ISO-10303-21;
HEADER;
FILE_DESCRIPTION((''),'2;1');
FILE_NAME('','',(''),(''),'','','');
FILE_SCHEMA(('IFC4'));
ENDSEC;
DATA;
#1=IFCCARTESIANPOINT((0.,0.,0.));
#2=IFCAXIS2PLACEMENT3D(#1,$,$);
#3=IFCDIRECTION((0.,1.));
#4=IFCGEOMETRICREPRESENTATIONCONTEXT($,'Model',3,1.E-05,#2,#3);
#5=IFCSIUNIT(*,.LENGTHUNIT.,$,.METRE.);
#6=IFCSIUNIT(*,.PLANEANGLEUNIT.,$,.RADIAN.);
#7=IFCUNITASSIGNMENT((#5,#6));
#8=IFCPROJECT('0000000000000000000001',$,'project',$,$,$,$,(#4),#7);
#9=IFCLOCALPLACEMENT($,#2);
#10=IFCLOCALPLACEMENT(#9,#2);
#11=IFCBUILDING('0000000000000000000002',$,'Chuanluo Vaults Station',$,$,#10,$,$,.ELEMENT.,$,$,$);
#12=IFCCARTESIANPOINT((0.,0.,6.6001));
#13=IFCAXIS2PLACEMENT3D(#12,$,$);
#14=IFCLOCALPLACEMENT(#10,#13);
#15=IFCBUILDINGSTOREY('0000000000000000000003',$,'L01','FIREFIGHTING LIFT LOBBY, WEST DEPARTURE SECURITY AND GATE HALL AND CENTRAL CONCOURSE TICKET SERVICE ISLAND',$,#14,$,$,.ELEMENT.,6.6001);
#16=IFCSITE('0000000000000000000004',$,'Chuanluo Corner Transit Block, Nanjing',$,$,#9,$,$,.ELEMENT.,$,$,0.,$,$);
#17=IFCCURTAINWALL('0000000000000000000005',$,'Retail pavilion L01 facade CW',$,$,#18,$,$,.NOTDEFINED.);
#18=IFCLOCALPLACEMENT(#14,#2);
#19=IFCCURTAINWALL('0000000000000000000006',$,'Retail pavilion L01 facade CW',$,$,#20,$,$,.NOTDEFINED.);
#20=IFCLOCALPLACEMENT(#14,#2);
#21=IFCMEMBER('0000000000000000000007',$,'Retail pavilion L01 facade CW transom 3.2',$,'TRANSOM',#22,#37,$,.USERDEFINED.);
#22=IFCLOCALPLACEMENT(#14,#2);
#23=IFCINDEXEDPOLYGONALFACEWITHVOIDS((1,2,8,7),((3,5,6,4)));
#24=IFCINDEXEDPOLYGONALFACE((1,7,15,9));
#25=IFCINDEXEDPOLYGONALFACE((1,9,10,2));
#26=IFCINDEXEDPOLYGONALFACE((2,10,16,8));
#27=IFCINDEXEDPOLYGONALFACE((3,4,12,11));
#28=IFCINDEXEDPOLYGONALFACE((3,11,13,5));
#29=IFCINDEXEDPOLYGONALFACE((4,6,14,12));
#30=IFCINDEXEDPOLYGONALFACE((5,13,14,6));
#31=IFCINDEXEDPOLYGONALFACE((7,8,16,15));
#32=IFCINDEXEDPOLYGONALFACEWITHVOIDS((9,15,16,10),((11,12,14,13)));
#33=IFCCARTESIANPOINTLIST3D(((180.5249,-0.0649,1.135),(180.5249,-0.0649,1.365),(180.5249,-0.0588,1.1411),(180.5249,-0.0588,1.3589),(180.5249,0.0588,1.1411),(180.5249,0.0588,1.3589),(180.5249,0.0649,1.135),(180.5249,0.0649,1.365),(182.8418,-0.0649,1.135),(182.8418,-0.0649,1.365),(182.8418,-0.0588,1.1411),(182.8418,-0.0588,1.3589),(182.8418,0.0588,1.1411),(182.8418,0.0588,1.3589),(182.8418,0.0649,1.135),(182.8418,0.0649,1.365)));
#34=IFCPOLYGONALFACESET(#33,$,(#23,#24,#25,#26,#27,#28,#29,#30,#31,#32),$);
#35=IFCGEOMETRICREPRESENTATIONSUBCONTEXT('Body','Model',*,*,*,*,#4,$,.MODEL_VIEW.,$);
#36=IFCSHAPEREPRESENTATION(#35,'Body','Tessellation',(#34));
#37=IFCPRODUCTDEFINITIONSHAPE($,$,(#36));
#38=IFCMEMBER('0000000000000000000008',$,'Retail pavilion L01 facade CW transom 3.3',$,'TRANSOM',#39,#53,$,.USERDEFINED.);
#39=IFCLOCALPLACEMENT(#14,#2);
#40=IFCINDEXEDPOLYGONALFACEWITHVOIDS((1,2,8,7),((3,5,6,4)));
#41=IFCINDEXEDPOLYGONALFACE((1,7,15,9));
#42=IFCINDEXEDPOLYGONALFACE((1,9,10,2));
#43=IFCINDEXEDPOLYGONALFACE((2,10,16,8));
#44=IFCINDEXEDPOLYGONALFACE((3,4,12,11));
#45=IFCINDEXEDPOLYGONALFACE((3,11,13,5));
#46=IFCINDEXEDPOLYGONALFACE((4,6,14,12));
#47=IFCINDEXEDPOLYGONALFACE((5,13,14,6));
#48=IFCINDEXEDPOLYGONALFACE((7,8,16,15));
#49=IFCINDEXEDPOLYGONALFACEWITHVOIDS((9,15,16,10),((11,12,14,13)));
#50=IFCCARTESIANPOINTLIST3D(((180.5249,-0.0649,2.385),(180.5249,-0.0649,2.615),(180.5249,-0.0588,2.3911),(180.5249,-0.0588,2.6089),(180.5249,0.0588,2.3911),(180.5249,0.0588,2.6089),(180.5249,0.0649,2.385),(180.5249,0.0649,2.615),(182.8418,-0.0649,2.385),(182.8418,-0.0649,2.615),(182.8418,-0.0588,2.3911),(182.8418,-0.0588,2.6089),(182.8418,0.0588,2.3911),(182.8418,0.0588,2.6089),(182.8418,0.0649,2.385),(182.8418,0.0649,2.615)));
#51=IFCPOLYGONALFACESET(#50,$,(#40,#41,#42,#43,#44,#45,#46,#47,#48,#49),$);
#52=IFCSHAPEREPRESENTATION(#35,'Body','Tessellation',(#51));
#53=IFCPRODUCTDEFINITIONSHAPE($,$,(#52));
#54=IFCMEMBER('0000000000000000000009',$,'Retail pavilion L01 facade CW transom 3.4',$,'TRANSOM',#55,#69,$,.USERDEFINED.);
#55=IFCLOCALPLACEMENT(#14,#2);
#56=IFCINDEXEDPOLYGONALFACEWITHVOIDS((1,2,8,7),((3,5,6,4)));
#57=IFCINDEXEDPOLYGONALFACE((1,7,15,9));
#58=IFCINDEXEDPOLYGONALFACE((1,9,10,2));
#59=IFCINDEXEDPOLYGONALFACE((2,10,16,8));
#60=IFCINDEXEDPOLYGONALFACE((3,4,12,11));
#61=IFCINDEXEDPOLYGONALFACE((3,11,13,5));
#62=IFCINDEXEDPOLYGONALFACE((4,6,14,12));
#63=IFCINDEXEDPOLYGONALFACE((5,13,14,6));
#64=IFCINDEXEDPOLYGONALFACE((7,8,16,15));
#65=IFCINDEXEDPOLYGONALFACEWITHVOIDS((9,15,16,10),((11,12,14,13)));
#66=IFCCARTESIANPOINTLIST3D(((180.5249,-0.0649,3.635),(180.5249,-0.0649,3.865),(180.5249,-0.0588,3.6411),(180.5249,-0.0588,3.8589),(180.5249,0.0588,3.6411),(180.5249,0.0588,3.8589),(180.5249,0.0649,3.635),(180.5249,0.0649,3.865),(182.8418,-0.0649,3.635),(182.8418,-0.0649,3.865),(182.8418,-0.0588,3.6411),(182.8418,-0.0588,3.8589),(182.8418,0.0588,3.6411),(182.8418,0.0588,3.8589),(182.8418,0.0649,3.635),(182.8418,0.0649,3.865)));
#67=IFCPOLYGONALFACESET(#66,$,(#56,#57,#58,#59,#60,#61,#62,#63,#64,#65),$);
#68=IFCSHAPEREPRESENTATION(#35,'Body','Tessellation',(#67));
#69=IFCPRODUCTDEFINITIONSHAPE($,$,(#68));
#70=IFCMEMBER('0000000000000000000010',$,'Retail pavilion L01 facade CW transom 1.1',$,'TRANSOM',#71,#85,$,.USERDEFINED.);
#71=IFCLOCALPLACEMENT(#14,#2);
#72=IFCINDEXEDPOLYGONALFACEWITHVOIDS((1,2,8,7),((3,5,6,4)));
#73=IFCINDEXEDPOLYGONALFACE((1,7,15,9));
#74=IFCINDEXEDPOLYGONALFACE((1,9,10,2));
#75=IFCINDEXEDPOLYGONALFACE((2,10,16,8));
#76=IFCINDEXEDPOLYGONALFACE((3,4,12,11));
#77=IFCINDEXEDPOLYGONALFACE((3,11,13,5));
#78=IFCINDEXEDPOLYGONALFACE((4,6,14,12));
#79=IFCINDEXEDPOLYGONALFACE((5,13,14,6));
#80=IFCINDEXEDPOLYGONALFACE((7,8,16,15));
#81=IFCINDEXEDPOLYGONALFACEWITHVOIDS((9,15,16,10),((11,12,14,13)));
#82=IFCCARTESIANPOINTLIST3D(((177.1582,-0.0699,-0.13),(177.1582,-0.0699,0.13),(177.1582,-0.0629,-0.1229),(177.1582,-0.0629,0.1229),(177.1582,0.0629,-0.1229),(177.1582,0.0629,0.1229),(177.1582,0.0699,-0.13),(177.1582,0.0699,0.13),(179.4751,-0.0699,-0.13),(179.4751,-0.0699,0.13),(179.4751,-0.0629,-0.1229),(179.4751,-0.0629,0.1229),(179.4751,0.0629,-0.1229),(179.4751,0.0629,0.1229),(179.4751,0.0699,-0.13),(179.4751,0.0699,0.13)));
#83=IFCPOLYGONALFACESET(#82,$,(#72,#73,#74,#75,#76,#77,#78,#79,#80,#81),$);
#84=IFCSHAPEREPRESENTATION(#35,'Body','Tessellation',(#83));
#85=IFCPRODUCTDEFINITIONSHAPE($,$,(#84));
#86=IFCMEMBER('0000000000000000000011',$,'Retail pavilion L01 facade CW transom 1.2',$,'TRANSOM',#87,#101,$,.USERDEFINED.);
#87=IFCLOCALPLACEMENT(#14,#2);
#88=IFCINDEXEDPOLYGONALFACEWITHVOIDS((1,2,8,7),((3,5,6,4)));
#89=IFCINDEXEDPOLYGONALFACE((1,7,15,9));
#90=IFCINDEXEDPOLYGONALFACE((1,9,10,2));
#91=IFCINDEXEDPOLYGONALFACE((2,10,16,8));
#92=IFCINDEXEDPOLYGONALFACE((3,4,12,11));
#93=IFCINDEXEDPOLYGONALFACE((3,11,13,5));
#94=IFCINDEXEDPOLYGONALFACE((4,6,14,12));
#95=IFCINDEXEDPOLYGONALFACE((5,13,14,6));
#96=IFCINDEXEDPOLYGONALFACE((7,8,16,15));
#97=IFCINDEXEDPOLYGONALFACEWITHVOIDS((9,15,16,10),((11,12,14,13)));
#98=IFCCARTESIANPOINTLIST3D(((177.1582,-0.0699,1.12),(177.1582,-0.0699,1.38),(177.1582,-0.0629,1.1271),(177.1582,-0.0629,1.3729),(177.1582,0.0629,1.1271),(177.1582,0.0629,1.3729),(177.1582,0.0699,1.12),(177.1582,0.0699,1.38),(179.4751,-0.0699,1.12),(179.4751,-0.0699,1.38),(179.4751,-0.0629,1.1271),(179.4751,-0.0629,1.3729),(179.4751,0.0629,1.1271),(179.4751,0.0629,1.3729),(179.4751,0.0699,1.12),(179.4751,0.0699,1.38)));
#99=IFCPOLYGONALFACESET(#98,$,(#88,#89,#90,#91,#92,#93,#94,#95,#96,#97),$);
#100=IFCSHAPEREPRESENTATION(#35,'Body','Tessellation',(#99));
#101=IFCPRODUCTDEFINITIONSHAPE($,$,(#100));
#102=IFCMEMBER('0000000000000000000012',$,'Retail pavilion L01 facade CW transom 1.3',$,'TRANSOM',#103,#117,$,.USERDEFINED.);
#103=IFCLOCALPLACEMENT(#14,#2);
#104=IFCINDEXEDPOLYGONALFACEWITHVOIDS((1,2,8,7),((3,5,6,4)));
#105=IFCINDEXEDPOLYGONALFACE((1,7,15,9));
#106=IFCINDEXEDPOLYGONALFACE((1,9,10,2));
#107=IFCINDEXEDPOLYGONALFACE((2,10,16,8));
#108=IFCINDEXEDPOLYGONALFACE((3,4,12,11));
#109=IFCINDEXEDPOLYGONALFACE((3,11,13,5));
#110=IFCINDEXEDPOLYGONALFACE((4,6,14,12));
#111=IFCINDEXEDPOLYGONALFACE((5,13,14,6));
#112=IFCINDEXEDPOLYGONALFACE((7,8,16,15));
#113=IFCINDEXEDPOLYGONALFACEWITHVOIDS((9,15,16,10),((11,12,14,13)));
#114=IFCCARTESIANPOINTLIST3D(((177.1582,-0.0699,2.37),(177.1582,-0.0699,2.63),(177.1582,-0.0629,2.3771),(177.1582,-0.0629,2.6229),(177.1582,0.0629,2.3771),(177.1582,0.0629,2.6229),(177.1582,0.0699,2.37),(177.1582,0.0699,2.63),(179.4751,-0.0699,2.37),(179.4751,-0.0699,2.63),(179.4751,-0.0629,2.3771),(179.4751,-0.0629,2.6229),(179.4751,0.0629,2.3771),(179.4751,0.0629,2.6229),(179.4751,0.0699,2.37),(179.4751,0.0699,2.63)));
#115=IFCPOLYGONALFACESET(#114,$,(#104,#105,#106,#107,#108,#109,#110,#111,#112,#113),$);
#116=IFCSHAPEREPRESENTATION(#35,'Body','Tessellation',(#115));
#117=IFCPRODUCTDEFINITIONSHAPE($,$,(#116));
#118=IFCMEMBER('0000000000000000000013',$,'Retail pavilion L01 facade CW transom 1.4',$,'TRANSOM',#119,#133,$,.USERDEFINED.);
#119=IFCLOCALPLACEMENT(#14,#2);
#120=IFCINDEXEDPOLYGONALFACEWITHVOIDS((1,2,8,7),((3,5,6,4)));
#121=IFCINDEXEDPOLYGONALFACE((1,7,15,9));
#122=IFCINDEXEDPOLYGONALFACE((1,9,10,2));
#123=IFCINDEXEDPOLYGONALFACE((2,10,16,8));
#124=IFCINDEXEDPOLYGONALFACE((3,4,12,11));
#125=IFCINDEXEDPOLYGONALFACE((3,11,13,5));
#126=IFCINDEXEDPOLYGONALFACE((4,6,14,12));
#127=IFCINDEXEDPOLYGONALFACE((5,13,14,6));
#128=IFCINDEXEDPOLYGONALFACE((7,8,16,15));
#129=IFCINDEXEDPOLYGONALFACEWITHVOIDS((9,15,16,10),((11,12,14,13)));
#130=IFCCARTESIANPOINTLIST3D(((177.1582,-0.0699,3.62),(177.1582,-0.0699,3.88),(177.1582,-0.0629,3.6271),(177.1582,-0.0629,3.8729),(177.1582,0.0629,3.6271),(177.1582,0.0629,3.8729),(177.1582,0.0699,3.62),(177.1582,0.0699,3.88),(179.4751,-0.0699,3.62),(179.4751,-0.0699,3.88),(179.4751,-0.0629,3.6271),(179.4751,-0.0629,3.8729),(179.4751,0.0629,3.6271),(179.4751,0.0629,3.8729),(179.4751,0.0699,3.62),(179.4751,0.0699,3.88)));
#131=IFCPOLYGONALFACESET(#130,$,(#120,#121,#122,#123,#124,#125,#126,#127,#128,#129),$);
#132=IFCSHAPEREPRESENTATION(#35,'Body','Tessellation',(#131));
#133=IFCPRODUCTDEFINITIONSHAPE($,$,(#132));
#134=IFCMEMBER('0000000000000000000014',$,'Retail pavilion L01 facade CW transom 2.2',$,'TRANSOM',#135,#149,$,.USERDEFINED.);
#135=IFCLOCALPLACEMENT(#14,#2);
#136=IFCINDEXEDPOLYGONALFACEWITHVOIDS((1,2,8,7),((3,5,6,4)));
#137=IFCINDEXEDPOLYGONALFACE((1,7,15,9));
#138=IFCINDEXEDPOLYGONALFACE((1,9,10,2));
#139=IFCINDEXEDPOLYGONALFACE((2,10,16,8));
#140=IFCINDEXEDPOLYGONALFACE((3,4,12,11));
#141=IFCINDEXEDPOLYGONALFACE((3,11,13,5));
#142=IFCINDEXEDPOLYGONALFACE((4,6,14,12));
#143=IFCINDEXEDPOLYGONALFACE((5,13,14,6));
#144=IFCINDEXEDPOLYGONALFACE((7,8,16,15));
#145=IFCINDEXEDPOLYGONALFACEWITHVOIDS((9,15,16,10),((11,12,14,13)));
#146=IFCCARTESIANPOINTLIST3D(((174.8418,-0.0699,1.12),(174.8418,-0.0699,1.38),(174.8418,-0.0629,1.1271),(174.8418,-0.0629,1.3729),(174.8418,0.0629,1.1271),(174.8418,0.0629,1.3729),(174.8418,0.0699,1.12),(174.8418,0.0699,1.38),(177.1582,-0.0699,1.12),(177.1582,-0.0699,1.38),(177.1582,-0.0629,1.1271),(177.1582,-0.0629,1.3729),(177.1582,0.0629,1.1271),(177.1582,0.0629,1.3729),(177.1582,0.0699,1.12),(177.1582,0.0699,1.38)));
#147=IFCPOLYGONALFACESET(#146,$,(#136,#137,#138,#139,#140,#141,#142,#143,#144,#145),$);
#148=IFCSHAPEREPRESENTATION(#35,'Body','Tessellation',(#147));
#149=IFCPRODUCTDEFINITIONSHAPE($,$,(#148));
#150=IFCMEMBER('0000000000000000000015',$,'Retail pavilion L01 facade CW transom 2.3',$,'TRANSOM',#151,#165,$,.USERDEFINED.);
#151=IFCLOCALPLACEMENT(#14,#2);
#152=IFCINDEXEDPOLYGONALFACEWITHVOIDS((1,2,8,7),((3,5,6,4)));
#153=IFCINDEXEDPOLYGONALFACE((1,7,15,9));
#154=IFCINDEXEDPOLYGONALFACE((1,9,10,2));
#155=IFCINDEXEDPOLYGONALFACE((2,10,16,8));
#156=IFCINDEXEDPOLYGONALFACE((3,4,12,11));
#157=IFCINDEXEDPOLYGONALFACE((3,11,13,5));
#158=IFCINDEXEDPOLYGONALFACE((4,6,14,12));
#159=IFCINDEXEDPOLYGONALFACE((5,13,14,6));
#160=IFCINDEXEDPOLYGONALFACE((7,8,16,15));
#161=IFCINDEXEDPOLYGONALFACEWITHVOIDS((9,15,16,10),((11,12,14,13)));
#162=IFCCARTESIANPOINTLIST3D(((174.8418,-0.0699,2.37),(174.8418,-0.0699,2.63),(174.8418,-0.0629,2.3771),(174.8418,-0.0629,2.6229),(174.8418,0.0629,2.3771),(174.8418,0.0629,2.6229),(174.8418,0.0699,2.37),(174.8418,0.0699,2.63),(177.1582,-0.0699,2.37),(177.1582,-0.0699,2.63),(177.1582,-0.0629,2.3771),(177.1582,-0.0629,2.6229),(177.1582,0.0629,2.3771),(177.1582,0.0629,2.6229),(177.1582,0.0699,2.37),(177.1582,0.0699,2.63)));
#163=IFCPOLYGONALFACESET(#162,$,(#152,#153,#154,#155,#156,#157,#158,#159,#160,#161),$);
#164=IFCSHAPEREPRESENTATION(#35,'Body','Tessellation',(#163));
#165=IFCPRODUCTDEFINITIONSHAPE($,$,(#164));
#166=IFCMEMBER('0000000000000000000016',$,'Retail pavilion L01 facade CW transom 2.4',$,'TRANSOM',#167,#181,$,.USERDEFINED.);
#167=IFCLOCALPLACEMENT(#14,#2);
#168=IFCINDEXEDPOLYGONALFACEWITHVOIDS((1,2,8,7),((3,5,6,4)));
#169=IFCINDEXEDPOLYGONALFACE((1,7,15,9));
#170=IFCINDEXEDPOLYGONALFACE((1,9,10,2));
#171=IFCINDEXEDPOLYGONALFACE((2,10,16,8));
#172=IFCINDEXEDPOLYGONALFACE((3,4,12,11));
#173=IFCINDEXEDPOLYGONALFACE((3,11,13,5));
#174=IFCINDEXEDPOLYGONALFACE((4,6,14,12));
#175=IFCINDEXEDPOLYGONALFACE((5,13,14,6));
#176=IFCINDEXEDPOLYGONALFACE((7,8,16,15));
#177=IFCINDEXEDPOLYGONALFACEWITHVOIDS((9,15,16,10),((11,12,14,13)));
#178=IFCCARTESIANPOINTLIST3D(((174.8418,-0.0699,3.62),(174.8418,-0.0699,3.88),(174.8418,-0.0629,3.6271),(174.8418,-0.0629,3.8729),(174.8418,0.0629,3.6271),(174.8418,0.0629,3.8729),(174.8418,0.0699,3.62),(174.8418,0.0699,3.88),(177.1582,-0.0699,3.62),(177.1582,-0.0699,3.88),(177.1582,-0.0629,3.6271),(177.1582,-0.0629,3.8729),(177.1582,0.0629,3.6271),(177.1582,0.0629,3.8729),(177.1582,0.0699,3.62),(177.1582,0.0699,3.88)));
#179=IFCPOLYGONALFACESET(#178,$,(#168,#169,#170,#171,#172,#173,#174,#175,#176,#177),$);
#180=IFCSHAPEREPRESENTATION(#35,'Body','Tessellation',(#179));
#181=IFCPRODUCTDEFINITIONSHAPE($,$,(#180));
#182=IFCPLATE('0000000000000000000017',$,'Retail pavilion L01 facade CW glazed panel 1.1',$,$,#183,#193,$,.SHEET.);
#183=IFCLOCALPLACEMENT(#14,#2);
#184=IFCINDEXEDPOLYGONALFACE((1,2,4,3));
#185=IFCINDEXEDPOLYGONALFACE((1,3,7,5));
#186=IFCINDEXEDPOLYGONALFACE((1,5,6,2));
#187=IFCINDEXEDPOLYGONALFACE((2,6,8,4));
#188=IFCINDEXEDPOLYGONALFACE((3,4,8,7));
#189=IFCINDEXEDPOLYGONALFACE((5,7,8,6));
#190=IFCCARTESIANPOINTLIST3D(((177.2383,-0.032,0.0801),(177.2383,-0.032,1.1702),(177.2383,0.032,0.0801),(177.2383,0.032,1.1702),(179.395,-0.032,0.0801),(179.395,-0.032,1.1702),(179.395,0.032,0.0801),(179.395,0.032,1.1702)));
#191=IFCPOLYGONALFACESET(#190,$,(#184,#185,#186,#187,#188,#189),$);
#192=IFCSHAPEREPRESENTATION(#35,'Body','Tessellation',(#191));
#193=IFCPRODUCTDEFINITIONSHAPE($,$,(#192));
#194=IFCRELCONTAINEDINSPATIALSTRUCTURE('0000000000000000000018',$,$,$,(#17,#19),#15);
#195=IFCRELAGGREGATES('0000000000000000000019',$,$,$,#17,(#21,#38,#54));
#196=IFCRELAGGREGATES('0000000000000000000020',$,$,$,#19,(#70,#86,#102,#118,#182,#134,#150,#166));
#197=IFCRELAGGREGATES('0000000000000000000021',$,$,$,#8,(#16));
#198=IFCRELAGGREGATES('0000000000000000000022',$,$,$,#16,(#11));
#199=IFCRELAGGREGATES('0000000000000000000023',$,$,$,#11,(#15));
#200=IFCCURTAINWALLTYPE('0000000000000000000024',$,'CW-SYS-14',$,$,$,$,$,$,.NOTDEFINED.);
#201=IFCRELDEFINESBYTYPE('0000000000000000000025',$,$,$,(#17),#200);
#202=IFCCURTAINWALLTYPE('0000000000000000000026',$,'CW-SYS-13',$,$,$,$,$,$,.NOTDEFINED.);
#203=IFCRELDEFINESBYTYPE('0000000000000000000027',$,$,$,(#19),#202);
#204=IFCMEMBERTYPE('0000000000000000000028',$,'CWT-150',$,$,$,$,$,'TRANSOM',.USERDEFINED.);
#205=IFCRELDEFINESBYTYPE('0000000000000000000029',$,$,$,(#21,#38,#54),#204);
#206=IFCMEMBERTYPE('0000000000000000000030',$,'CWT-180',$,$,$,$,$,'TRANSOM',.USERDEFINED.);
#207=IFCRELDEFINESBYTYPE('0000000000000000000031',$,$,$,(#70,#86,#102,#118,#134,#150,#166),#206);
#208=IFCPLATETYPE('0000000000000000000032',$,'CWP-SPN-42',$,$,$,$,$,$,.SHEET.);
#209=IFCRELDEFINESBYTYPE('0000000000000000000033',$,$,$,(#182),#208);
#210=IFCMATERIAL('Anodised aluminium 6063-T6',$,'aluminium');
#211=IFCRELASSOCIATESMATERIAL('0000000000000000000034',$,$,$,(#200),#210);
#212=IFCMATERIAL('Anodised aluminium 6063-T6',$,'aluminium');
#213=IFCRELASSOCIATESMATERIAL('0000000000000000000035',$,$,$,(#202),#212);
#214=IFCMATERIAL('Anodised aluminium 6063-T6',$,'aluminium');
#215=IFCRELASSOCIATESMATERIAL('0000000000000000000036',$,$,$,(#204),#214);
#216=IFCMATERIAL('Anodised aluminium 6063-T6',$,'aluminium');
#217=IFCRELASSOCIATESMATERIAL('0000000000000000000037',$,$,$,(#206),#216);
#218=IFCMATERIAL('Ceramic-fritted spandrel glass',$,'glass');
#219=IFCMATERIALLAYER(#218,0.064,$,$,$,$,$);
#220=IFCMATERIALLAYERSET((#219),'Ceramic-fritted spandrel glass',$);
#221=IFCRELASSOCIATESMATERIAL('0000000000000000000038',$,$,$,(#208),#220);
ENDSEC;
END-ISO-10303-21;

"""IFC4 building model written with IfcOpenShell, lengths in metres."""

from ifc_helpers import new_model, si_unit, direction, frame, origin, origin_2d, place, context, subcontext, project, spatial, rectangle, hollow_rectangle, extrude, material, layer, layer_set, material_profile, profile_set, type_object, element, aggregate, save


model = new_model("IFC4")

# Units and contexts
model_context = context("Model", 3, precision=1e-05, world=origin(), true_north=direction((0.0, 1.0)))
body_context = subcontext(model_context, "Body", "Model", "MODEL_VIEW")
ifc_project = project(units=[si_unit("LENGTHUNIT", "METRE"), si_unit("PLANEANGLEUNIT", "RADIAN")], contexts=[model_context])

# Site, building, storey
site_placement = place(None, origin())
site = spatial("IfcSite", under=ifc_project, at=site_placement, Name="Chuanluo Corner Transit Block, Nanjing", CompositionType="ELEMENT", RefElevation=0.0)
building_placement = place(site_placement, origin())
building = spatial("IfcBuilding", under=site, at=building_placement, Name="Chuanluo Vaults Station", CompositionType="ELEMENT")
storey_placement = place(building_placement, frame((0.0, 0.0, 6.6001)))
storey = spatial("IfcBuildingStorey", under=building, at=storey_placement, Name="L01", Description="FIREFIGHTING LIFT LOBBY, WEST DEPARTURE SECURITY AND GATE HALL AND CENTRAL CONCOURSE TICKET SERVICE ISLAND", CompositionType="ELEMENT", Elevation=6.6001)

# Curtain wall
ifc_material_1 = material(Name="Anodised aluminium 6063-T6", Category="aluminium")
curtain_wall_type_1 = type_object("IfcCurtainWallType", Name="CW-SYS-14", PredefinedType="NOTDEFINED", material=ifc_material_1)
curtain_wall_1_placement = place(storey_placement, origin())
curtain_wall_1 = element("IfcCurtainWall", 1, at=curtain_wall_1_placement, inside=storey, type_object=curtain_wall_type_1, Name="Retail pavilion L01 facade CW", PredefinedType="NOTDEFINED")

# Curtain wall
ifc_material_2 = material(Name="Anodised aluminium 6063-T6", Category="aluminium")
curtain_wall_type_2 = type_object("IfcCurtainWallType", Name="CW-SYS-13", PredefinedType="NOTDEFINED", material=ifc_material_2)
curtain_wall_2_placement = place(storey_placement, origin())
curtain_wall_2 = element("IfcCurtainWall", 2, at=curtain_wall_2_placement, inside=storey, type_object=curtain_wall_type_2, Name="Retail pavilion L01 facade CW", PredefinedType="NOTDEFINED")

# Members
ifc_material_3 = material(Name="Anodised aluminium 6063-T6", Category="aluminium")
ifc_material_profile_1 = material_profile(ifc_material_3, hollow_rectangle(XDim=0.1299, YDim=0.23, WallThickness=0.0061, at=origin_2d()))
ifc_profile_set_1 = profile_set([ifc_material_profile_1], Name="Anodised aluminium 6063-T6")
member_type_1 = type_object("IfcMemberType", Name="CWT-150", ElementType="TRANSOM", PredefinedType="USERDEFINED", material=ifc_profile_set_1)
member_1_placement = place(storey_placement, frame((182.8418, 0.0, 1.25), z_axis=(-1.0, 0.0, 0.0), x_axis=(0.0, -1.0, 0.0)))
member_1 = element("IfcMember", 3, at=member_1_placement, type_object=member_type_1, Name="Retail pavilion L01 facade CW transom 3.2", ObjectType="TRANSOM", PredefinedType="USERDEFINED", context=body_context, shape_type="SweptSolid", body=[
    extrude(hollow_rectangle(XDim=0.1299, YDim=0.23, WallThickness=0.0061, at=origin_2d()), origin(), (0.0, 0.0, 1.0), 2.3169),
])
member_2_placement = place(storey_placement, frame((182.8418, 0.0, 2.5), z_axis=(-1.0, 0.0, 0.0), x_axis=(0.0, -1.0, 0.0)))
member_2 = element("IfcMember", 4, at=member_2_placement, type_object=member_type_1, Name="Retail pavilion L01 facade CW transom 3.3", ObjectType="TRANSOM", PredefinedType="USERDEFINED", context=body_context, shape_type="SweptSolid", body=[
    extrude(hollow_rectangle(XDim=0.1299, YDim=0.23, WallThickness=0.0061, at=origin_2d()), origin(), (0.0, 0.0, 1.0), 2.3169),
])
member_3_placement = place(storey_placement, frame((182.8418, 0.0, 3.75), z_axis=(-1.0, 0.0, 0.0), x_axis=(0.0, -1.0, 0.0)))
member_3 = element("IfcMember", 5, at=member_3_placement, type_object=member_type_1, Name="Retail pavilion L01 facade CW transom 3.4", ObjectType="TRANSOM", PredefinedType="USERDEFINED", context=body_context, shape_type="SweptSolid", body=[
    extrude(hollow_rectangle(XDim=0.1299, YDim=0.23, WallThickness=0.0061, at=origin_2d()), origin(), (0.0, 0.0, 1.0), 2.3169),
])
ifc_material_4 = material(Name="Anodised aluminium 6063-T6", Category="aluminium")
ifc_material_profile_2 = material_profile(ifc_material_4, hollow_rectangle(XDim=0.1399, YDim=0.26, WallThickness=0.0071, at=origin_2d()))
ifc_profile_set_2 = profile_set([ifc_material_profile_2], Name="Anodised aluminium 6063-T6")
member_type_2 = type_object("IfcMemberType", Name="CWT-180", ElementType="TRANSOM", PredefinedType="USERDEFINED", material=ifc_profile_set_2)
member_4_placement = place(storey_placement, frame((179.4751, 0.0, 0.0), z_axis=(-1.0, 0.0, 0.0), x_axis=(0.0, -1.0, 0.0)))
member_4 = element("IfcMember", 6, at=member_4_placement, type_object=member_type_2, Name="Retail pavilion L01 facade CW transom 1.1", ObjectType="TRANSOM", PredefinedType="USERDEFINED", context=body_context, shape_type="SweptSolid", body=[
    extrude(hollow_rectangle(XDim=0.1399, YDim=0.26, WallThickness=0.0071, at=origin_2d()), origin(), (0.0, 0.0, 1.0), 2.3169),
])
member_5_placement = place(storey_placement, frame((179.4751, 0.0, 1.25), z_axis=(-1.0, 0.0, 0.0), x_axis=(0.0, -1.0, 0.0)))
member_5 = element("IfcMember", 7, at=member_5_placement, type_object=member_type_2, Name="Retail pavilion L01 facade CW transom 1.2", ObjectType="TRANSOM", PredefinedType="USERDEFINED", context=body_context, shape_type="SweptSolid", body=[
    extrude(hollow_rectangle(XDim=0.1399, YDim=0.26, WallThickness=0.0071, at=origin_2d()), origin(), (0.0, 0.0, 1.0), 2.3169),
])
member_6_placement = place(storey_placement, frame((179.4751, 0.0, 2.5), z_axis=(-1.0, 0.0, 0.0), x_axis=(0.0, -1.0, 0.0)))
member_6 = element("IfcMember", 8, at=member_6_placement, type_object=member_type_2, Name="Retail pavilion L01 facade CW transom 1.3", ObjectType="TRANSOM", PredefinedType="USERDEFINED", context=body_context, shape_type="SweptSolid", body=[
    extrude(hollow_rectangle(XDim=0.1399, YDim=0.26, WallThickness=0.0071, at=origin_2d()), origin(), (0.0, 0.0, 1.0), 2.3169),
])
member_7_placement = place(storey_placement, frame((179.4751, 0.0, 3.75), z_axis=(-1.0, 0.0, 0.0), x_axis=(0.0, -1.0, 0.0)))
member_7 = element("IfcMember", 9, at=member_7_placement, type_object=member_type_2, Name="Retail pavilion L01 facade CW transom 1.4", ObjectType="TRANSOM", PredefinedType="USERDEFINED", context=body_context, shape_type="SweptSolid", body=[
    extrude(hollow_rectangle(XDim=0.1399, YDim=0.26, WallThickness=0.0071, at=origin_2d()), origin(), (0.0, 0.0, 1.0), 2.3169),
])
member_8_placement = place(storey_placement, frame((177.1582, 0.0, 1.25), z_axis=(-1.0, 0.0, 0.0), x_axis=(0.0, -1.0, 0.0)))
member_8 = element("IfcMember", 10, at=member_8_placement, type_object=member_type_2, Name="Retail pavilion L01 facade CW transom 2.2", ObjectType="TRANSOM", PredefinedType="USERDEFINED", context=body_context, shape_type="SweptSolid", body=[
    extrude(hollow_rectangle(XDim=0.1399, YDim=0.26, WallThickness=0.0071, at=origin_2d()), origin(), (0.0, 0.0, 1.0), 2.3164),
])
member_9_placement = place(storey_placement, frame((177.1582, 0.0, 2.5), z_axis=(-1.0, 0.0, 0.0), x_axis=(0.0, -1.0, 0.0)))
member_9 = element("IfcMember", 11, at=member_9_placement, type_object=member_type_2, Name="Retail pavilion L01 facade CW transom 2.3", ObjectType="TRANSOM", PredefinedType="USERDEFINED", context=body_context, shape_type="SweptSolid", body=[
    extrude(hollow_rectangle(XDim=0.1399, YDim=0.26, WallThickness=0.0071, at=origin_2d()), origin(), (0.0, 0.0, 1.0), 2.3164),
])
member_10_placement = place(storey_placement, frame((177.1582, 0.0, 3.75), z_axis=(-1.0, 0.0, 0.0), x_axis=(0.0, -1.0, 0.0)))
member_10 = element("IfcMember", 12, at=member_10_placement, type_object=member_type_2, Name="Retail pavilion L01 facade CW transom 2.4", ObjectType="TRANSOM", PredefinedType="USERDEFINED", context=body_context, shape_type="SweptSolid", body=[
    extrude(hollow_rectangle(XDim=0.1399, YDim=0.26, WallThickness=0.0071, at=origin_2d()), origin(), (0.0, 0.0, 1.0), 2.3164),
])

# Plate
ifc_material_5 = material(Name="Ceramic-fritted spandrel glass", Category="glass")
ifc_layer_1 = layer(ifc_material_5, 0.064)
ifc_layer_set_1 = layer_set([ifc_layer_1], Name="Ceramic-fritted spandrel glass")
plate_type_1 = type_object("IfcPlateType", Name="CWP-SPN-42", PredefinedType="SHEET", material=ifc_layer_set_1)
plate_1_placement = place(storey_placement, frame((178.3167, 0.0, 0.0801), z_axis=(0.0, 0.0, 1.0), x_axis=(-1.0, 0.0, 0.0)))
plate_1 = element("IfcPlate", 13, at=plate_1_placement, type_object=plate_type_1, Name="Retail pavilion L01 facade CW glazed panel 1.1", PredefinedType="SHEET", context=body_context, shape_type="SweptSolid", body=[
    extrude(rectangle(XDim=2.1567, YDim=0.064, at=origin_2d()), origin(), (0.0, 0.0, 1.0), 1.0901),
])
aggregate(curtain_wall_1, [member_1, member_2, member_3])
aggregate(curtain_wall_2, [member_4, member_5, member_6, member_7, plate_1, member_8, member_9, member_10])

save(model, "model.ifc")
